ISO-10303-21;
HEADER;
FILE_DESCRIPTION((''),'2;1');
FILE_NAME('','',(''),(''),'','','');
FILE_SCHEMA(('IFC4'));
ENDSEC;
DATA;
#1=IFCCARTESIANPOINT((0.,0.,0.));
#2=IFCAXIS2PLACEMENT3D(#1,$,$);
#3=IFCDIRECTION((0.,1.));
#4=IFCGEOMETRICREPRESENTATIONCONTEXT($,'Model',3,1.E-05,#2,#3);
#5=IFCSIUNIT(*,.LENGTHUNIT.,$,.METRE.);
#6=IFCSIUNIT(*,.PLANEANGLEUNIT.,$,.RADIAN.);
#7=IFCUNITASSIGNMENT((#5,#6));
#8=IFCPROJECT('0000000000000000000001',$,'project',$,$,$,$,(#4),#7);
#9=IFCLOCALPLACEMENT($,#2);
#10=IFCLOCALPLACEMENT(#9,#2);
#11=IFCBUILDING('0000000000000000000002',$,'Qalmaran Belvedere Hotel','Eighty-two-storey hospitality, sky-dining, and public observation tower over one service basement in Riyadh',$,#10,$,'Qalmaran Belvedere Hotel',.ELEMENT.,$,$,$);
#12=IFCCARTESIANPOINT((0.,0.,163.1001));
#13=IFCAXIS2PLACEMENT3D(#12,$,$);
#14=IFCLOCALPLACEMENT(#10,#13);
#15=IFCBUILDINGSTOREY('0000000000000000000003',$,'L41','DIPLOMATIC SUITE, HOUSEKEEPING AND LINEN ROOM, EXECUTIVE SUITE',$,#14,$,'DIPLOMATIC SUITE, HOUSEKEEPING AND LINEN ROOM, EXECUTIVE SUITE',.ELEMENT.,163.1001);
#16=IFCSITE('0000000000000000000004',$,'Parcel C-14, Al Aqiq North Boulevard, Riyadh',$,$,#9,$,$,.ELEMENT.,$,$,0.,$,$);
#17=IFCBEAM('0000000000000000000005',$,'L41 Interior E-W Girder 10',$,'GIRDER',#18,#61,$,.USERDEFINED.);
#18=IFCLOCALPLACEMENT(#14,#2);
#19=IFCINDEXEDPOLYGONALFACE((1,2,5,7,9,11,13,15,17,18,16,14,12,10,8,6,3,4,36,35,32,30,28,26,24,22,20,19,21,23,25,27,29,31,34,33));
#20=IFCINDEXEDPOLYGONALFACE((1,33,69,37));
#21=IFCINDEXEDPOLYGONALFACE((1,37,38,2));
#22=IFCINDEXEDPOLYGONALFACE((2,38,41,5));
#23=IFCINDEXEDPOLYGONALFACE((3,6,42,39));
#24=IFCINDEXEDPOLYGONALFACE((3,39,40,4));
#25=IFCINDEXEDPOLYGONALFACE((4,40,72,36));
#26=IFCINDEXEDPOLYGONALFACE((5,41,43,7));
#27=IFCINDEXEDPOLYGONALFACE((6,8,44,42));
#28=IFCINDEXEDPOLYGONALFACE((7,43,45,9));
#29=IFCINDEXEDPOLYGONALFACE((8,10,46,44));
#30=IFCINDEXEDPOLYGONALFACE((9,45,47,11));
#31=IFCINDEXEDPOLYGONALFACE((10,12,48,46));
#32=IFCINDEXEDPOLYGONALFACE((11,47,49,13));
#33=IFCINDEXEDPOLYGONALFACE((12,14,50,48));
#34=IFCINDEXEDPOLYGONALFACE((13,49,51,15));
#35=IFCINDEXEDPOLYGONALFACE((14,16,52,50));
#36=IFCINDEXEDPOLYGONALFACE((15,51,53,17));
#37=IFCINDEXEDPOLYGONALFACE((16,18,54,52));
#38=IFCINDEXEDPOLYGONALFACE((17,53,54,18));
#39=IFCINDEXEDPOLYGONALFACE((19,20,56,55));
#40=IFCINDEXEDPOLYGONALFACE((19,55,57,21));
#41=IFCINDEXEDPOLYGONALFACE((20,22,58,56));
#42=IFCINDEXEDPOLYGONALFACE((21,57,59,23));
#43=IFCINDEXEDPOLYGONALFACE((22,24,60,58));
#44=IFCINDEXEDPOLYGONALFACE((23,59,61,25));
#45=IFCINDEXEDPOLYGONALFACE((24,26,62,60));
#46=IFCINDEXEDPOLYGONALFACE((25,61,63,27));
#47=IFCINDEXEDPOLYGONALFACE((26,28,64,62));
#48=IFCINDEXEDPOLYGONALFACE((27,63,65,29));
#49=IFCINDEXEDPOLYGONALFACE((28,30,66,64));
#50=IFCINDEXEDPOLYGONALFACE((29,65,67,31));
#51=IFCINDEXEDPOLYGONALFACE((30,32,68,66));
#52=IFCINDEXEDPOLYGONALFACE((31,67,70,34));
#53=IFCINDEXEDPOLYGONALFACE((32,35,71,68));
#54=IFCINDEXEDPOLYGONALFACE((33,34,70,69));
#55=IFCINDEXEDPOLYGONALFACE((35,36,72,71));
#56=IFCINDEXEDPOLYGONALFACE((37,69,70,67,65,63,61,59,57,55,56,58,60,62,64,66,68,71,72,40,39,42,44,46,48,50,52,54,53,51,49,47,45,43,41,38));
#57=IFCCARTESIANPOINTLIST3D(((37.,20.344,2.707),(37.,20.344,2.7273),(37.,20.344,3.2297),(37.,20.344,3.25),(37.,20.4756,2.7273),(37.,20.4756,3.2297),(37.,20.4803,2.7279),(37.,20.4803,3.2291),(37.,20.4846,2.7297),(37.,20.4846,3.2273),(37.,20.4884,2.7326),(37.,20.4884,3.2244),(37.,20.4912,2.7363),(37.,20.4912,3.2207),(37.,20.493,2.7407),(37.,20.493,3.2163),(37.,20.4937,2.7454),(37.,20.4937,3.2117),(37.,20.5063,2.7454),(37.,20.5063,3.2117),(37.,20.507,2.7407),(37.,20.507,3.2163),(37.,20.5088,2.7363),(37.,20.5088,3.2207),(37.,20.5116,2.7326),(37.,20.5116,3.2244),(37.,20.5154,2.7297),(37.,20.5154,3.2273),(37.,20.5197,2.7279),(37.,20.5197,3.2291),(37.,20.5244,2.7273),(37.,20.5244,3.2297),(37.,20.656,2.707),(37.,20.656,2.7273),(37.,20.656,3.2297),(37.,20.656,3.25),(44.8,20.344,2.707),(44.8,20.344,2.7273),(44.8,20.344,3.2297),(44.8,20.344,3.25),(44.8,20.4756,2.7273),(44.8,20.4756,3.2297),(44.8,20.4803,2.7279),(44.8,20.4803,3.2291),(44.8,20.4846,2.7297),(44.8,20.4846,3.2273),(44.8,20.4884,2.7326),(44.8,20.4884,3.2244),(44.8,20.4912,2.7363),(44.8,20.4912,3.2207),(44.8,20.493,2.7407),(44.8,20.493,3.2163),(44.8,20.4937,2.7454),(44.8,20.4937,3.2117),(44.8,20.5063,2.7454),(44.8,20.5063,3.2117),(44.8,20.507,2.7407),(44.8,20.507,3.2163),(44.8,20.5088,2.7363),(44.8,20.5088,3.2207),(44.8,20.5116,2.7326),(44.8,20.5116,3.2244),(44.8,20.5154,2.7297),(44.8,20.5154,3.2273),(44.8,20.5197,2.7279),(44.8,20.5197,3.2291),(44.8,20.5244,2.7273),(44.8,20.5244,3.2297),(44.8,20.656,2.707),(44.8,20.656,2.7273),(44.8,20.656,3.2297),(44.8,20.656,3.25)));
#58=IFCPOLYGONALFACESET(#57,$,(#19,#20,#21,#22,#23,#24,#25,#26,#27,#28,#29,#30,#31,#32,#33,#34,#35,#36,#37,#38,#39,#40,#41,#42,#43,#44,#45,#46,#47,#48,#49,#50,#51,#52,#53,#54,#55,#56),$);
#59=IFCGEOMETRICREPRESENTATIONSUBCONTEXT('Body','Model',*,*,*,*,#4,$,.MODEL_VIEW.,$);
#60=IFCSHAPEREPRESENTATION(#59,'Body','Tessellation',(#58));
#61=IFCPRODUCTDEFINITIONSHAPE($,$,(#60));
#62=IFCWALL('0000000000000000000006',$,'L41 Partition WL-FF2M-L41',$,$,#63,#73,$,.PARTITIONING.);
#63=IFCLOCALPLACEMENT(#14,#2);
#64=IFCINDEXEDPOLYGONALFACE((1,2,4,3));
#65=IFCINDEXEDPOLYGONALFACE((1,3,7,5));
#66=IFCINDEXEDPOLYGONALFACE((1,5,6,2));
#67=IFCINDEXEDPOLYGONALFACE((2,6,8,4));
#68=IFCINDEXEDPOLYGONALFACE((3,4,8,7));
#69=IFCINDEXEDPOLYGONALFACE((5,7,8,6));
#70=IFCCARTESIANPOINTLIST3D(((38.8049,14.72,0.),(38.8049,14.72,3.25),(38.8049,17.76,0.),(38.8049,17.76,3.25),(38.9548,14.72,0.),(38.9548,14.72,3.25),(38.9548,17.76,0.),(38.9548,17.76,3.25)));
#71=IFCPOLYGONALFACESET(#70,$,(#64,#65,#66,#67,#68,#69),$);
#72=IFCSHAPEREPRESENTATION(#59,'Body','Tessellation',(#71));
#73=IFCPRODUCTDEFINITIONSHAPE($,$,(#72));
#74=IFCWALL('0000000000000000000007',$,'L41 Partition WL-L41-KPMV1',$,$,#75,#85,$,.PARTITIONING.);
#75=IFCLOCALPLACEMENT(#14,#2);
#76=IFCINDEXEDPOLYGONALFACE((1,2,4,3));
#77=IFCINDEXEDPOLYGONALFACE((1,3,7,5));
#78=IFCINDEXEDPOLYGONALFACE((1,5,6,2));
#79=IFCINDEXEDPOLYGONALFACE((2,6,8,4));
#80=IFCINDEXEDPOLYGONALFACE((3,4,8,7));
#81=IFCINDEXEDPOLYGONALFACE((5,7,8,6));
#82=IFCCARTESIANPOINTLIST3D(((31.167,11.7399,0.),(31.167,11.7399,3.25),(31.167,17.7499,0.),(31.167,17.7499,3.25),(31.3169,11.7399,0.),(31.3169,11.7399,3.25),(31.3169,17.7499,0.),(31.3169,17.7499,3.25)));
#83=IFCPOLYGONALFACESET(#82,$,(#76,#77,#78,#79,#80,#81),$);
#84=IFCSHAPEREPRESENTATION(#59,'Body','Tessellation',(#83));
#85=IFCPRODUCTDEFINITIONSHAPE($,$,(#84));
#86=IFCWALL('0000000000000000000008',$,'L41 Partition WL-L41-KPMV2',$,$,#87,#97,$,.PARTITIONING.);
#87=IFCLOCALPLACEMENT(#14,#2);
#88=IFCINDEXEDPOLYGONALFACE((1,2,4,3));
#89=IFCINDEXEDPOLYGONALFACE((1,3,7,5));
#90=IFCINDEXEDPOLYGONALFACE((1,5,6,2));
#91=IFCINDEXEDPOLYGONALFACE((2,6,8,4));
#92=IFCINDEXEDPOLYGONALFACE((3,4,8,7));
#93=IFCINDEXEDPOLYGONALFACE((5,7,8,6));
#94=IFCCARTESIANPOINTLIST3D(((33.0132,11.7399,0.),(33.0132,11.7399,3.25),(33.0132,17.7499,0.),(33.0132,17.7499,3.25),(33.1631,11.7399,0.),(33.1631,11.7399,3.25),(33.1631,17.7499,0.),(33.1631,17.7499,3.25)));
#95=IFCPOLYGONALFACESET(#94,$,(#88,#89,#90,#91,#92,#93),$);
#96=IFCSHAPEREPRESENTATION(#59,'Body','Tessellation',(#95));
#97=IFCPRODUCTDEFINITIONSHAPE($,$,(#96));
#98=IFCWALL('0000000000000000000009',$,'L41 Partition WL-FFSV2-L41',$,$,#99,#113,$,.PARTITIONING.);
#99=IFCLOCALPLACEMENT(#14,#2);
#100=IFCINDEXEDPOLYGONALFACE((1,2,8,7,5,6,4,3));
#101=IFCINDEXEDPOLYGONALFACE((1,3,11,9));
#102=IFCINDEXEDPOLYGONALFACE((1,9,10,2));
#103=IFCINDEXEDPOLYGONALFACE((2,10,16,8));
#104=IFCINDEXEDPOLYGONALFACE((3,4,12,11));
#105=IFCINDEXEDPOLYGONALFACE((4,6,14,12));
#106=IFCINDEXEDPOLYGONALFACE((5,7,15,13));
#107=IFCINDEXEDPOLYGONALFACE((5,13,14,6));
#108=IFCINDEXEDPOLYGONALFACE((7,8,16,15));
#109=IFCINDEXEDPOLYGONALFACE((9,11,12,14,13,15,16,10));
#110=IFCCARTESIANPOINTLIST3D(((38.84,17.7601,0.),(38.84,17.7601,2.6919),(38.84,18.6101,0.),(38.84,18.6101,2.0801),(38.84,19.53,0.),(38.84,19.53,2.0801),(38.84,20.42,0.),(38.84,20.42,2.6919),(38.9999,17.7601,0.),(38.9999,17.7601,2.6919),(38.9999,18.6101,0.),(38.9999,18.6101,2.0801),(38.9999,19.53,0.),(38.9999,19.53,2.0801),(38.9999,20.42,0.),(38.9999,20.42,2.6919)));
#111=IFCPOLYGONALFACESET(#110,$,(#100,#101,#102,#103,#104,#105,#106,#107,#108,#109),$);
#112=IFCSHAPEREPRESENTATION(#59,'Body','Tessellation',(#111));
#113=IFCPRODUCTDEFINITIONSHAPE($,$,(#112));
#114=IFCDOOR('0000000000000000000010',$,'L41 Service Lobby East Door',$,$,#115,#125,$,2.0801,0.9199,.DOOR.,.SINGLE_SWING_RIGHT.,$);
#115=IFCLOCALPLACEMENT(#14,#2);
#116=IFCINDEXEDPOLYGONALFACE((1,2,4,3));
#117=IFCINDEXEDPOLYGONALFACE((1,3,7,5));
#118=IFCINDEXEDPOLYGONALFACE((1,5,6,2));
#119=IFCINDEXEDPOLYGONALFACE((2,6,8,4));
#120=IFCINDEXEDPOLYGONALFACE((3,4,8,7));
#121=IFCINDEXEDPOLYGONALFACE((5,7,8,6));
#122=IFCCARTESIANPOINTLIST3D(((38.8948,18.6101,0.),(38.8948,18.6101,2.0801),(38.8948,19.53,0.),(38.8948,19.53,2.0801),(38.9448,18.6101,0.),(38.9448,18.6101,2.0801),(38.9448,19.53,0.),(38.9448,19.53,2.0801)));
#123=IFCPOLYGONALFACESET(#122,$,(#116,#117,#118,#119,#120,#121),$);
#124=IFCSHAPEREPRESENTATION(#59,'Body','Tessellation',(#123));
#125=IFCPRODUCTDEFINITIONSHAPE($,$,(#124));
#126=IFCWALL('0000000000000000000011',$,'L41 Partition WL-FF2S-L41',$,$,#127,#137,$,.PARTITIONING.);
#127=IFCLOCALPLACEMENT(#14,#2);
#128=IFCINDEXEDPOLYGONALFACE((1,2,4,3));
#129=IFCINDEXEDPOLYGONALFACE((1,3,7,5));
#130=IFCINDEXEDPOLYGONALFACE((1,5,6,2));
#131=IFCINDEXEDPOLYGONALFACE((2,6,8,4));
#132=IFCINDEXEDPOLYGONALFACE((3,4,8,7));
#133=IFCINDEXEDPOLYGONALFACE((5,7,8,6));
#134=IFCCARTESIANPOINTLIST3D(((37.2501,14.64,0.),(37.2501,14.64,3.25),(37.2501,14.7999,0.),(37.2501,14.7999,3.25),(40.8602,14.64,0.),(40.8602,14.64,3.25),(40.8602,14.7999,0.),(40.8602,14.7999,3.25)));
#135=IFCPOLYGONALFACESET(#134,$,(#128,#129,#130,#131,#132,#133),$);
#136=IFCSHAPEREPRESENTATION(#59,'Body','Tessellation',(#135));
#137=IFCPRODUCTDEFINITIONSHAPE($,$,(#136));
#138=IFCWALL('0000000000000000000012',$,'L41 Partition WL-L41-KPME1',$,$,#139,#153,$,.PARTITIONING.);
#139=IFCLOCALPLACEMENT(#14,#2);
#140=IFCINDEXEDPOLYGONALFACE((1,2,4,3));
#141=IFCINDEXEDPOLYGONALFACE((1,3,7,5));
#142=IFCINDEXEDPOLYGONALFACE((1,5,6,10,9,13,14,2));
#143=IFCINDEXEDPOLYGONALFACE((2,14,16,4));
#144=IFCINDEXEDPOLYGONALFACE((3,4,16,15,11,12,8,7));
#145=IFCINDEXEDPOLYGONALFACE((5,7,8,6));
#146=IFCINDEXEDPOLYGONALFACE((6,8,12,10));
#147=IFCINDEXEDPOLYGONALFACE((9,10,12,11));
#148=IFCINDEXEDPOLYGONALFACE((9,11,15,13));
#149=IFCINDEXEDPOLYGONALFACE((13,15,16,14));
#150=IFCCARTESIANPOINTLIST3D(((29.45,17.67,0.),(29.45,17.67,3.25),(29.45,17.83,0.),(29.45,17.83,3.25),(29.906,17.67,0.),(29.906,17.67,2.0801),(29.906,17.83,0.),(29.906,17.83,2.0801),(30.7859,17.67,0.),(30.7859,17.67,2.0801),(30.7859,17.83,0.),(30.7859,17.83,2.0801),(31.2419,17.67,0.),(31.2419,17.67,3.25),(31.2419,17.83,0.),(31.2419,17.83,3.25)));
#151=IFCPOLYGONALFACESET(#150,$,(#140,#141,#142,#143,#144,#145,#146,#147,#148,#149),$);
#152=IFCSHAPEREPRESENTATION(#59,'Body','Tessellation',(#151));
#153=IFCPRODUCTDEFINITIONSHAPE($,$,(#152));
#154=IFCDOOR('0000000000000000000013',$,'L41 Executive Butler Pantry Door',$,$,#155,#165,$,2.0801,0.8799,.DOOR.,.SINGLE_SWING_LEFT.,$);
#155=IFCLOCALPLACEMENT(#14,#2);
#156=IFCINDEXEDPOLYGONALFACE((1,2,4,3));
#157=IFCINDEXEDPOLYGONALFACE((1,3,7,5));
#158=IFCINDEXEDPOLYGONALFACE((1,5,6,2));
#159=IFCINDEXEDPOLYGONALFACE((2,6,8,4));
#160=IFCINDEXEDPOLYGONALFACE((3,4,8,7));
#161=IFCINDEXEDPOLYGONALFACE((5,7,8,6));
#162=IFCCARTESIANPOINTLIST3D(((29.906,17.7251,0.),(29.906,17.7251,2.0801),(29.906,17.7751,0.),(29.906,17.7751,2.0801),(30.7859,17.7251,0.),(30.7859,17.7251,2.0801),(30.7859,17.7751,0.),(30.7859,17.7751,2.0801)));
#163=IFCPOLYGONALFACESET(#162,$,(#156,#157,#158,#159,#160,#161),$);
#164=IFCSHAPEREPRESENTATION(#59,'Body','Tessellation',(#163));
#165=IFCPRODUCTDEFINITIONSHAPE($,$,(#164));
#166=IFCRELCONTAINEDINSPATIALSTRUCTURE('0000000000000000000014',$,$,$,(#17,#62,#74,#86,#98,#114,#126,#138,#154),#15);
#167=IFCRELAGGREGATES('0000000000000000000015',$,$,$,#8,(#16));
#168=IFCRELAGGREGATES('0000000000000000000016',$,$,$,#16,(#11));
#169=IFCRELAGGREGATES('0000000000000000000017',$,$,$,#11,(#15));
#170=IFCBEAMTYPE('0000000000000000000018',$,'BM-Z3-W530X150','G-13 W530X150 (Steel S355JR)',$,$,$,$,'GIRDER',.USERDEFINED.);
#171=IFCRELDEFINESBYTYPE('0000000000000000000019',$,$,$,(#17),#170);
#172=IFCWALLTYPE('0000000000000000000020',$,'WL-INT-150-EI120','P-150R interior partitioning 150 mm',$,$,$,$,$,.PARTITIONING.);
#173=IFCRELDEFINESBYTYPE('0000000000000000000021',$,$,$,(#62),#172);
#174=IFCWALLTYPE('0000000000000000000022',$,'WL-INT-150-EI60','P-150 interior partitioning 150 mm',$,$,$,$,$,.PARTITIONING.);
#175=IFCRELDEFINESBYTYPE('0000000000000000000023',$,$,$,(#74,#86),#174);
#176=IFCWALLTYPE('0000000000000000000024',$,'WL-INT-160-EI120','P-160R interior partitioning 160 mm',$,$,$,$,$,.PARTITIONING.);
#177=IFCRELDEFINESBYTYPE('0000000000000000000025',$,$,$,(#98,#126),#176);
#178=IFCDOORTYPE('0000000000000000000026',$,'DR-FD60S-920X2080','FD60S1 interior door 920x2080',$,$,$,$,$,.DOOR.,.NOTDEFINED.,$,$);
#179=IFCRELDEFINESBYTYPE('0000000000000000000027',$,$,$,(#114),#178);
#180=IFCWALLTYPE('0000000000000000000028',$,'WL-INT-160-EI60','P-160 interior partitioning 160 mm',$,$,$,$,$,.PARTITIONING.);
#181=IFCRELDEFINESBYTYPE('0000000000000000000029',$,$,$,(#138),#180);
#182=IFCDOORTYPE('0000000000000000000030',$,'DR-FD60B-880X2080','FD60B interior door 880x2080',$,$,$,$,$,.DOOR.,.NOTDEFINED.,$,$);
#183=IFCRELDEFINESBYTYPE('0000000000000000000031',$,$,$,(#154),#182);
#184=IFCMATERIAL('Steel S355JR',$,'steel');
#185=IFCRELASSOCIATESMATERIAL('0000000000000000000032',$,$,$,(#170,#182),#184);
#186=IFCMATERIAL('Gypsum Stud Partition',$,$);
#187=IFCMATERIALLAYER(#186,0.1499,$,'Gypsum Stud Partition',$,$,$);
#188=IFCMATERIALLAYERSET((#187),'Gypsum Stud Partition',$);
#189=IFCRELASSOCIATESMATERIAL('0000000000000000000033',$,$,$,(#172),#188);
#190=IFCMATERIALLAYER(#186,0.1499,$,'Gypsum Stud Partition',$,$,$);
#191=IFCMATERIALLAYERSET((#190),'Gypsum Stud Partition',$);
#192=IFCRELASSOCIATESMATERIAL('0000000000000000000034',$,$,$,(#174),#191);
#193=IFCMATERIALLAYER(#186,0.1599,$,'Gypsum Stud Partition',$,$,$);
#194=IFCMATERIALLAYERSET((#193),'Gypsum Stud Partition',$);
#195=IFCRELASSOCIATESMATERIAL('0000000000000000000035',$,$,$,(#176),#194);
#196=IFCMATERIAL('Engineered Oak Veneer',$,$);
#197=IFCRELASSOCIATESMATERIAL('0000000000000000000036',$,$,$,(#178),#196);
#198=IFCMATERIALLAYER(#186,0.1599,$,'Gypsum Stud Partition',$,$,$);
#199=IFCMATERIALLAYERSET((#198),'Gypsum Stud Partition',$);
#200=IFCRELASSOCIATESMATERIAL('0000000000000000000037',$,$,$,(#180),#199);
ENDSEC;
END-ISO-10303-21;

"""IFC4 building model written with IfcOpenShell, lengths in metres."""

from ifc_helpers import new_model, si_unit, direction, frame, frame_2d, origin, origin_2d, place, context, subcontext, project, spatial, rectangle, i_section, extrude, material, layer, layer_set, material_profile, profile_set, type_object, element, fill, save


model = new_model("IFC4")

# Units and contexts
model_context = context("Model", 3, precision=1e-05, world=origin(), true_north=direction((0.0, 1.0)))
body_context = subcontext(model_context, "Body", "Model", "MODEL_VIEW")
ifc_project = project(units=[si_unit("LENGTHUNIT", "METRE"), si_unit("PLANEANGLEUNIT", "RADIAN")], contexts=[model_context])

# Site, building, storey
site_placement = place(None, origin())
site = spatial("IfcSite", under=ifc_project, at=site_placement, Name="Parcel C-14, Al Aqiq North Boulevard, Riyadh", CompositionType="ELEMENT", RefElevation=0.0)
building_placement = place(site_placement, origin())
building = spatial("IfcBuilding", under=site, at=building_placement, Name="Qalmaran Belvedere Hotel", Description="Eighty-two-storey hospitality, sky-dining, and public observation tower over one service basement in Riyadh", LongName="Qalmaran Belvedere Hotel", CompositionType="ELEMENT")
storey_placement = place(building_placement, frame((0.0, 0.0, 163.1001)))
storey = spatial("IfcBuildingStorey", under=building, at=storey_placement, Name="L41", Description="DIPLOMATIC SUITE, HOUSEKEEPING AND LINEN ROOM, EXECUTIVE SUITE", LongName="DIPLOMATIC SUITE, HOUSEKEEPING AND LINEN ROOM, EXECUTIVE SUITE", CompositionType="ELEMENT", Elevation=163.1001)

# Beam
ifc_material_1 = material(Name="Steel S355JR", Category="steel")
ifc_material_profile_1 = material_profile(ifc_material_1, i_section(OverallWidth=0.312, OverallDepth=0.543, WebThickness=0.0127, FlangeThickness=0.0203, FilletRadius=0.0181, at=origin_2d()), Name="W530X150")
ifc_profile_set_1 = profile_set([ifc_material_profile_1], Name="Steel S355JR")
beam_type_1 = type_object("IfcBeamType", Name="BM-Z3-W530X150", Description="G-13 W530X150 (Steel S355JR)", ElementType="GIRDER", PredefinedType="USERDEFINED", material=ifc_profile_set_1)
for number, where, z_axis, x_axis, name in (
    (1, (37.0, 20.5, 2.9785), (1.0, 0.0, 0.0), (0.0, 1.0, 0.0), "L41 Interior E-W Girder 10"),
):
    element("IfcBeam", number, at=place(storey_placement, frame(where, z_axis=z_axis, x_axis=x_axis)), inside=storey, type_object=beam_type_1, Name=name, ObjectType="GIRDER", PredefinedType="USERDEFINED", context=body_context, shape_type="SweptSolid", body=[
        extrude(i_section(OverallWidth=0.312, OverallDepth=0.543, WebThickness=0.0127, FlangeThickness=0.0203, FilletRadius=0.0181, at=origin_2d()), origin(), (0.0, 0.0, 1.0), 7.8),
    ])

# Walls
ifc_material_2 = material(Name="Gypsum Stud Partition")
ifc_layer_1 = layer(ifc_material_2, 0.1499, Name="Gypsum Stud Partition")
ifc_layer_set_1 = layer_set([ifc_layer_1], Name="Gypsum Stud Partition")
wall_type_1 = type_object("IfcWallType", Name="WL-INT-150-EI120", Description="P-150R interior partitioning 150 mm", PredefinedType="PARTITIONING", material=ifc_layer_set_1)
wall_1_placement = place(storey_placement, frame((38.8799, 14.72, 0.0), z_axis=(0.0, 0.0, 1.0), x_axis=(0.0, 1.0, 0.0)))
element("IfcWall", 2, at=wall_1_placement, inside=storey, type_object=wall_type_1, Name="L41 Partition WL-FF2M-L41", PredefinedType="PARTITIONING", context=body_context, shape_type="SweptSolid", body=[
    extrude(rectangle(XDim=3.04, YDim=0.1499, at=frame_2d((1.52, 0.0))), origin(), (0.0, 0.0, 1.0), 3.25),
])
ifc_layer_2 = layer(ifc_material_2, 0.1499, Name="Gypsum Stud Partition")
ifc_layer_set_2 = layer_set([ifc_layer_2], Name="Gypsum Stud Partition")
wall_type_2 = type_object("IfcWallType", Name="WL-INT-150-EI60", Description="P-150 interior partitioning 150 mm", PredefinedType="PARTITIONING", material=ifc_layer_set_2)
for number, where, z_axis, x_axis, name in (
    (3, (31.2419, 11.74, 0.0), (0.0, 0.0, 1.0), (0.0, 1.0, 0.0), "L41 Partition WL-L41-KPMV1"),
    (4, (33.0881, 11.74, 0.0), (0.0, 0.0, 1.0), (0.0, 1.0, 0.0), "L41 Partition WL-L41-KPMV2"),
):
    element("IfcWall", number, at=place(storey_placement, frame(where, z_axis=z_axis, x_axis=x_axis)), inside=storey, type_object=wall_type_2, Name=name, PredefinedType="PARTITIONING", context=body_context, shape_type="SweptSolid", body=[
        extrude(rectangle(XDim=6.01, YDim=0.1499, at=frame_2d((3.0049, 0.0))), origin(), (0.0, 0.0, 1.0), 3.25),
    ])

# Wall, opening, door
ifc_layer_3 = layer(ifc_material_2, 0.1599, Name="Gypsum Stud Partition")
ifc_layer_set_3 = layer_set([ifc_layer_3], Name="Gypsum Stud Partition")
wall_type_3 = type_object("IfcWallType", Name="WL-INT-160-EI120", Description="P-160R interior partitioning 160 mm", PredefinedType="PARTITIONING", material=ifc_layer_set_3)
wall_2_placement = place(storey_placement, frame((38.9199, 17.76, 0.0), z_axis=(0.0, 0.0, 1.0), x_axis=(0.0, 1.0, 0.0)))
wall_2 = element("IfcWall", 5, at=wall_2_placement, inside=storey, type_object=wall_type_3, Name="L41 Partition WL-FFSV2-L41", PredefinedType="PARTITIONING", context=body_context, shape_type="SweptSolid", body=[
    extrude(rectangle(XDim=2.6599, YDim=0.1599, at=frame_2d((1.3301, 0.0))), origin(), (0.0, 0.0, 1.0), 2.6919),
])
opening_1_placement = place(wall_2_placement, frame((1.77, 0.0, 0.0), z_axis=(0.0, 0.0, 1.0), x_axis=(-1.0, 0.0, 0.0)))
opening_1 = element("IfcOpeningElement", 6, at=opening_1_placement, cuts=wall_2, PredefinedType="OPENING", context=body_context, shape_type="SweptSolid", body=[
    extrude(rectangle(XDim=0.9199, YDim=2.0801, at=frame_2d((0.46, 1.04))), frame((0.0, 0.0898, 0.0), z_axis=(0.0, -1.0, 0.0), x_axis=(1.0, 0.0, 0.0)), (0.0, 0.0, 1.0), 0.1799),
])
ifc_material_3 = material(Name="Engineered Oak Veneer")
door_type_1 = type_object("IfcDoorType", Name="DR-FD60S-920X2080", Description="FD60S1 interior door 920x2080", OperationType="NOTDEFINED", PredefinedType="DOOR", material=ifc_material_3)
door_1_placement = place(opening_1_placement, origin())
door_1 = element("IfcDoor", 7, at=door_1_placement, inside=storey, type_object=door_type_1, Name="L41 Service Lobby East Door", OperationType="SINGLE_SWING_RIGHT", OverallHeight=2.0801, OverallWidth=0.9199, PredefinedType="DOOR", context=body_context, shape_type="SweptSolid", body=[
    extrude(rectangle(XDim=0.9199, YDim=2.0801, at=frame_2d((0.46, 1.04))), frame((0.0, 0.0249, 0.0), z_axis=(0.0, -1.0, 0.0), x_axis=(1.0, 0.0, 0.0)), (0.0, 0.0, 1.0), 0.05),
])
fill(opening_1, door_1)

# Wall
wall_3_placement = place(storey_placement, frame((37.25, 14.72, 0.0), z_axis=(0.0, 0.0, 1.0), x_axis=(1.0, 0.0, 0.0)))
element("IfcWall", 8, at=wall_3_placement, inside=storey, type_object=wall_type_3, Name="L41 Partition WL-FF2S-L41", PredefinedType="PARTITIONING", context=body_context, shape_type="SweptSolid", body=[
    extrude(rectangle(XDim=3.6101, YDim=0.1599, at=frame_2d((1.8052, 0.0))), origin(), (0.0, 0.0, 1.0), 3.25),
])

# Wall, opening, door
ifc_layer_4 = layer(ifc_material_2, 0.1599, Name="Gypsum Stud Partition")
ifc_layer_set_4 = layer_set([ifc_layer_4], Name="Gypsum Stud Partition")
wall_type_4 = type_object("IfcWallType", Name="WL-INT-160-EI60", Description="P-160 interior partitioning 160 mm", PredefinedType="PARTITIONING", material=ifc_layer_set_4)
wall_4_placement = place(storey_placement, frame((29.45, 17.75, 0.0), z_axis=(0.0, 0.0, 1.0), x_axis=(1.0, 0.0, 0.0)))
wall_4 = element("IfcWall", 9, at=wall_4_placement, inside=storey, type_object=wall_type_4, Name="L41 Partition WL-L41-KPME1", PredefinedType="PARTITIONING", context=body_context, shape_type="SweptSolid", body=[
    extrude(rectangle(XDim=1.792, YDim=0.1599, at=frame_2d((0.896, 0.0))), origin(), (0.0, 0.0, 1.0), 3.25),
])
opening_2_placement = place(wall_4_placement, frame((1.3359, 0.0, 0.0), z_axis=(0.0, 0.0, 1.0), x_axis=(-1.0, 0.0, 0.0)))
opening_2 = element("IfcOpeningElement", 10, at=opening_2_placement, cuts=wall_4, PredefinedType="OPENING", context=body_context, shape_type="SweptSolid", body=[
    extrude(rectangle(XDim=0.8799, YDim=2.0801, at=frame_2d((0.4399, 1.04))), frame((0.0, 0.0898, 0.0), z_axis=(0.0, -1.0, 0.0), x_axis=(1.0, 0.0, 0.0)), (0.0, 0.0, 1.0), 0.1799),
])
door_type_2 = type_object("IfcDoorType", Name="DR-FD60B-880X2080", Description="FD60B interior door 880x2080", OperationType="NOTDEFINED", PredefinedType="DOOR", material=ifc_material_1)
door_2_placement = place(opening_2_placement, origin())
door_2 = element("IfcDoor", 11, at=door_2_placement, inside=storey, type_object=door_type_2, Name="L41 Executive Butler Pantry Door", OperationType="SINGLE_SWING_LEFT", OverallHeight=2.0801, OverallWidth=0.8799, PredefinedType="DOOR", context=body_context, shape_type="SweptSolid", body=[
    extrude(rectangle(XDim=0.8799, YDim=2.0801, at=frame_2d((0.4399, 1.04))), frame((0.0, 0.0249, 0.0), z_axis=(0.0, -1.0, 0.0), x_axis=(1.0, 0.0, 0.0)), (0.0, 0.0, 1.0), 0.05),
])
fill(opening_2, door_2)

save(model, "model.ifc")
